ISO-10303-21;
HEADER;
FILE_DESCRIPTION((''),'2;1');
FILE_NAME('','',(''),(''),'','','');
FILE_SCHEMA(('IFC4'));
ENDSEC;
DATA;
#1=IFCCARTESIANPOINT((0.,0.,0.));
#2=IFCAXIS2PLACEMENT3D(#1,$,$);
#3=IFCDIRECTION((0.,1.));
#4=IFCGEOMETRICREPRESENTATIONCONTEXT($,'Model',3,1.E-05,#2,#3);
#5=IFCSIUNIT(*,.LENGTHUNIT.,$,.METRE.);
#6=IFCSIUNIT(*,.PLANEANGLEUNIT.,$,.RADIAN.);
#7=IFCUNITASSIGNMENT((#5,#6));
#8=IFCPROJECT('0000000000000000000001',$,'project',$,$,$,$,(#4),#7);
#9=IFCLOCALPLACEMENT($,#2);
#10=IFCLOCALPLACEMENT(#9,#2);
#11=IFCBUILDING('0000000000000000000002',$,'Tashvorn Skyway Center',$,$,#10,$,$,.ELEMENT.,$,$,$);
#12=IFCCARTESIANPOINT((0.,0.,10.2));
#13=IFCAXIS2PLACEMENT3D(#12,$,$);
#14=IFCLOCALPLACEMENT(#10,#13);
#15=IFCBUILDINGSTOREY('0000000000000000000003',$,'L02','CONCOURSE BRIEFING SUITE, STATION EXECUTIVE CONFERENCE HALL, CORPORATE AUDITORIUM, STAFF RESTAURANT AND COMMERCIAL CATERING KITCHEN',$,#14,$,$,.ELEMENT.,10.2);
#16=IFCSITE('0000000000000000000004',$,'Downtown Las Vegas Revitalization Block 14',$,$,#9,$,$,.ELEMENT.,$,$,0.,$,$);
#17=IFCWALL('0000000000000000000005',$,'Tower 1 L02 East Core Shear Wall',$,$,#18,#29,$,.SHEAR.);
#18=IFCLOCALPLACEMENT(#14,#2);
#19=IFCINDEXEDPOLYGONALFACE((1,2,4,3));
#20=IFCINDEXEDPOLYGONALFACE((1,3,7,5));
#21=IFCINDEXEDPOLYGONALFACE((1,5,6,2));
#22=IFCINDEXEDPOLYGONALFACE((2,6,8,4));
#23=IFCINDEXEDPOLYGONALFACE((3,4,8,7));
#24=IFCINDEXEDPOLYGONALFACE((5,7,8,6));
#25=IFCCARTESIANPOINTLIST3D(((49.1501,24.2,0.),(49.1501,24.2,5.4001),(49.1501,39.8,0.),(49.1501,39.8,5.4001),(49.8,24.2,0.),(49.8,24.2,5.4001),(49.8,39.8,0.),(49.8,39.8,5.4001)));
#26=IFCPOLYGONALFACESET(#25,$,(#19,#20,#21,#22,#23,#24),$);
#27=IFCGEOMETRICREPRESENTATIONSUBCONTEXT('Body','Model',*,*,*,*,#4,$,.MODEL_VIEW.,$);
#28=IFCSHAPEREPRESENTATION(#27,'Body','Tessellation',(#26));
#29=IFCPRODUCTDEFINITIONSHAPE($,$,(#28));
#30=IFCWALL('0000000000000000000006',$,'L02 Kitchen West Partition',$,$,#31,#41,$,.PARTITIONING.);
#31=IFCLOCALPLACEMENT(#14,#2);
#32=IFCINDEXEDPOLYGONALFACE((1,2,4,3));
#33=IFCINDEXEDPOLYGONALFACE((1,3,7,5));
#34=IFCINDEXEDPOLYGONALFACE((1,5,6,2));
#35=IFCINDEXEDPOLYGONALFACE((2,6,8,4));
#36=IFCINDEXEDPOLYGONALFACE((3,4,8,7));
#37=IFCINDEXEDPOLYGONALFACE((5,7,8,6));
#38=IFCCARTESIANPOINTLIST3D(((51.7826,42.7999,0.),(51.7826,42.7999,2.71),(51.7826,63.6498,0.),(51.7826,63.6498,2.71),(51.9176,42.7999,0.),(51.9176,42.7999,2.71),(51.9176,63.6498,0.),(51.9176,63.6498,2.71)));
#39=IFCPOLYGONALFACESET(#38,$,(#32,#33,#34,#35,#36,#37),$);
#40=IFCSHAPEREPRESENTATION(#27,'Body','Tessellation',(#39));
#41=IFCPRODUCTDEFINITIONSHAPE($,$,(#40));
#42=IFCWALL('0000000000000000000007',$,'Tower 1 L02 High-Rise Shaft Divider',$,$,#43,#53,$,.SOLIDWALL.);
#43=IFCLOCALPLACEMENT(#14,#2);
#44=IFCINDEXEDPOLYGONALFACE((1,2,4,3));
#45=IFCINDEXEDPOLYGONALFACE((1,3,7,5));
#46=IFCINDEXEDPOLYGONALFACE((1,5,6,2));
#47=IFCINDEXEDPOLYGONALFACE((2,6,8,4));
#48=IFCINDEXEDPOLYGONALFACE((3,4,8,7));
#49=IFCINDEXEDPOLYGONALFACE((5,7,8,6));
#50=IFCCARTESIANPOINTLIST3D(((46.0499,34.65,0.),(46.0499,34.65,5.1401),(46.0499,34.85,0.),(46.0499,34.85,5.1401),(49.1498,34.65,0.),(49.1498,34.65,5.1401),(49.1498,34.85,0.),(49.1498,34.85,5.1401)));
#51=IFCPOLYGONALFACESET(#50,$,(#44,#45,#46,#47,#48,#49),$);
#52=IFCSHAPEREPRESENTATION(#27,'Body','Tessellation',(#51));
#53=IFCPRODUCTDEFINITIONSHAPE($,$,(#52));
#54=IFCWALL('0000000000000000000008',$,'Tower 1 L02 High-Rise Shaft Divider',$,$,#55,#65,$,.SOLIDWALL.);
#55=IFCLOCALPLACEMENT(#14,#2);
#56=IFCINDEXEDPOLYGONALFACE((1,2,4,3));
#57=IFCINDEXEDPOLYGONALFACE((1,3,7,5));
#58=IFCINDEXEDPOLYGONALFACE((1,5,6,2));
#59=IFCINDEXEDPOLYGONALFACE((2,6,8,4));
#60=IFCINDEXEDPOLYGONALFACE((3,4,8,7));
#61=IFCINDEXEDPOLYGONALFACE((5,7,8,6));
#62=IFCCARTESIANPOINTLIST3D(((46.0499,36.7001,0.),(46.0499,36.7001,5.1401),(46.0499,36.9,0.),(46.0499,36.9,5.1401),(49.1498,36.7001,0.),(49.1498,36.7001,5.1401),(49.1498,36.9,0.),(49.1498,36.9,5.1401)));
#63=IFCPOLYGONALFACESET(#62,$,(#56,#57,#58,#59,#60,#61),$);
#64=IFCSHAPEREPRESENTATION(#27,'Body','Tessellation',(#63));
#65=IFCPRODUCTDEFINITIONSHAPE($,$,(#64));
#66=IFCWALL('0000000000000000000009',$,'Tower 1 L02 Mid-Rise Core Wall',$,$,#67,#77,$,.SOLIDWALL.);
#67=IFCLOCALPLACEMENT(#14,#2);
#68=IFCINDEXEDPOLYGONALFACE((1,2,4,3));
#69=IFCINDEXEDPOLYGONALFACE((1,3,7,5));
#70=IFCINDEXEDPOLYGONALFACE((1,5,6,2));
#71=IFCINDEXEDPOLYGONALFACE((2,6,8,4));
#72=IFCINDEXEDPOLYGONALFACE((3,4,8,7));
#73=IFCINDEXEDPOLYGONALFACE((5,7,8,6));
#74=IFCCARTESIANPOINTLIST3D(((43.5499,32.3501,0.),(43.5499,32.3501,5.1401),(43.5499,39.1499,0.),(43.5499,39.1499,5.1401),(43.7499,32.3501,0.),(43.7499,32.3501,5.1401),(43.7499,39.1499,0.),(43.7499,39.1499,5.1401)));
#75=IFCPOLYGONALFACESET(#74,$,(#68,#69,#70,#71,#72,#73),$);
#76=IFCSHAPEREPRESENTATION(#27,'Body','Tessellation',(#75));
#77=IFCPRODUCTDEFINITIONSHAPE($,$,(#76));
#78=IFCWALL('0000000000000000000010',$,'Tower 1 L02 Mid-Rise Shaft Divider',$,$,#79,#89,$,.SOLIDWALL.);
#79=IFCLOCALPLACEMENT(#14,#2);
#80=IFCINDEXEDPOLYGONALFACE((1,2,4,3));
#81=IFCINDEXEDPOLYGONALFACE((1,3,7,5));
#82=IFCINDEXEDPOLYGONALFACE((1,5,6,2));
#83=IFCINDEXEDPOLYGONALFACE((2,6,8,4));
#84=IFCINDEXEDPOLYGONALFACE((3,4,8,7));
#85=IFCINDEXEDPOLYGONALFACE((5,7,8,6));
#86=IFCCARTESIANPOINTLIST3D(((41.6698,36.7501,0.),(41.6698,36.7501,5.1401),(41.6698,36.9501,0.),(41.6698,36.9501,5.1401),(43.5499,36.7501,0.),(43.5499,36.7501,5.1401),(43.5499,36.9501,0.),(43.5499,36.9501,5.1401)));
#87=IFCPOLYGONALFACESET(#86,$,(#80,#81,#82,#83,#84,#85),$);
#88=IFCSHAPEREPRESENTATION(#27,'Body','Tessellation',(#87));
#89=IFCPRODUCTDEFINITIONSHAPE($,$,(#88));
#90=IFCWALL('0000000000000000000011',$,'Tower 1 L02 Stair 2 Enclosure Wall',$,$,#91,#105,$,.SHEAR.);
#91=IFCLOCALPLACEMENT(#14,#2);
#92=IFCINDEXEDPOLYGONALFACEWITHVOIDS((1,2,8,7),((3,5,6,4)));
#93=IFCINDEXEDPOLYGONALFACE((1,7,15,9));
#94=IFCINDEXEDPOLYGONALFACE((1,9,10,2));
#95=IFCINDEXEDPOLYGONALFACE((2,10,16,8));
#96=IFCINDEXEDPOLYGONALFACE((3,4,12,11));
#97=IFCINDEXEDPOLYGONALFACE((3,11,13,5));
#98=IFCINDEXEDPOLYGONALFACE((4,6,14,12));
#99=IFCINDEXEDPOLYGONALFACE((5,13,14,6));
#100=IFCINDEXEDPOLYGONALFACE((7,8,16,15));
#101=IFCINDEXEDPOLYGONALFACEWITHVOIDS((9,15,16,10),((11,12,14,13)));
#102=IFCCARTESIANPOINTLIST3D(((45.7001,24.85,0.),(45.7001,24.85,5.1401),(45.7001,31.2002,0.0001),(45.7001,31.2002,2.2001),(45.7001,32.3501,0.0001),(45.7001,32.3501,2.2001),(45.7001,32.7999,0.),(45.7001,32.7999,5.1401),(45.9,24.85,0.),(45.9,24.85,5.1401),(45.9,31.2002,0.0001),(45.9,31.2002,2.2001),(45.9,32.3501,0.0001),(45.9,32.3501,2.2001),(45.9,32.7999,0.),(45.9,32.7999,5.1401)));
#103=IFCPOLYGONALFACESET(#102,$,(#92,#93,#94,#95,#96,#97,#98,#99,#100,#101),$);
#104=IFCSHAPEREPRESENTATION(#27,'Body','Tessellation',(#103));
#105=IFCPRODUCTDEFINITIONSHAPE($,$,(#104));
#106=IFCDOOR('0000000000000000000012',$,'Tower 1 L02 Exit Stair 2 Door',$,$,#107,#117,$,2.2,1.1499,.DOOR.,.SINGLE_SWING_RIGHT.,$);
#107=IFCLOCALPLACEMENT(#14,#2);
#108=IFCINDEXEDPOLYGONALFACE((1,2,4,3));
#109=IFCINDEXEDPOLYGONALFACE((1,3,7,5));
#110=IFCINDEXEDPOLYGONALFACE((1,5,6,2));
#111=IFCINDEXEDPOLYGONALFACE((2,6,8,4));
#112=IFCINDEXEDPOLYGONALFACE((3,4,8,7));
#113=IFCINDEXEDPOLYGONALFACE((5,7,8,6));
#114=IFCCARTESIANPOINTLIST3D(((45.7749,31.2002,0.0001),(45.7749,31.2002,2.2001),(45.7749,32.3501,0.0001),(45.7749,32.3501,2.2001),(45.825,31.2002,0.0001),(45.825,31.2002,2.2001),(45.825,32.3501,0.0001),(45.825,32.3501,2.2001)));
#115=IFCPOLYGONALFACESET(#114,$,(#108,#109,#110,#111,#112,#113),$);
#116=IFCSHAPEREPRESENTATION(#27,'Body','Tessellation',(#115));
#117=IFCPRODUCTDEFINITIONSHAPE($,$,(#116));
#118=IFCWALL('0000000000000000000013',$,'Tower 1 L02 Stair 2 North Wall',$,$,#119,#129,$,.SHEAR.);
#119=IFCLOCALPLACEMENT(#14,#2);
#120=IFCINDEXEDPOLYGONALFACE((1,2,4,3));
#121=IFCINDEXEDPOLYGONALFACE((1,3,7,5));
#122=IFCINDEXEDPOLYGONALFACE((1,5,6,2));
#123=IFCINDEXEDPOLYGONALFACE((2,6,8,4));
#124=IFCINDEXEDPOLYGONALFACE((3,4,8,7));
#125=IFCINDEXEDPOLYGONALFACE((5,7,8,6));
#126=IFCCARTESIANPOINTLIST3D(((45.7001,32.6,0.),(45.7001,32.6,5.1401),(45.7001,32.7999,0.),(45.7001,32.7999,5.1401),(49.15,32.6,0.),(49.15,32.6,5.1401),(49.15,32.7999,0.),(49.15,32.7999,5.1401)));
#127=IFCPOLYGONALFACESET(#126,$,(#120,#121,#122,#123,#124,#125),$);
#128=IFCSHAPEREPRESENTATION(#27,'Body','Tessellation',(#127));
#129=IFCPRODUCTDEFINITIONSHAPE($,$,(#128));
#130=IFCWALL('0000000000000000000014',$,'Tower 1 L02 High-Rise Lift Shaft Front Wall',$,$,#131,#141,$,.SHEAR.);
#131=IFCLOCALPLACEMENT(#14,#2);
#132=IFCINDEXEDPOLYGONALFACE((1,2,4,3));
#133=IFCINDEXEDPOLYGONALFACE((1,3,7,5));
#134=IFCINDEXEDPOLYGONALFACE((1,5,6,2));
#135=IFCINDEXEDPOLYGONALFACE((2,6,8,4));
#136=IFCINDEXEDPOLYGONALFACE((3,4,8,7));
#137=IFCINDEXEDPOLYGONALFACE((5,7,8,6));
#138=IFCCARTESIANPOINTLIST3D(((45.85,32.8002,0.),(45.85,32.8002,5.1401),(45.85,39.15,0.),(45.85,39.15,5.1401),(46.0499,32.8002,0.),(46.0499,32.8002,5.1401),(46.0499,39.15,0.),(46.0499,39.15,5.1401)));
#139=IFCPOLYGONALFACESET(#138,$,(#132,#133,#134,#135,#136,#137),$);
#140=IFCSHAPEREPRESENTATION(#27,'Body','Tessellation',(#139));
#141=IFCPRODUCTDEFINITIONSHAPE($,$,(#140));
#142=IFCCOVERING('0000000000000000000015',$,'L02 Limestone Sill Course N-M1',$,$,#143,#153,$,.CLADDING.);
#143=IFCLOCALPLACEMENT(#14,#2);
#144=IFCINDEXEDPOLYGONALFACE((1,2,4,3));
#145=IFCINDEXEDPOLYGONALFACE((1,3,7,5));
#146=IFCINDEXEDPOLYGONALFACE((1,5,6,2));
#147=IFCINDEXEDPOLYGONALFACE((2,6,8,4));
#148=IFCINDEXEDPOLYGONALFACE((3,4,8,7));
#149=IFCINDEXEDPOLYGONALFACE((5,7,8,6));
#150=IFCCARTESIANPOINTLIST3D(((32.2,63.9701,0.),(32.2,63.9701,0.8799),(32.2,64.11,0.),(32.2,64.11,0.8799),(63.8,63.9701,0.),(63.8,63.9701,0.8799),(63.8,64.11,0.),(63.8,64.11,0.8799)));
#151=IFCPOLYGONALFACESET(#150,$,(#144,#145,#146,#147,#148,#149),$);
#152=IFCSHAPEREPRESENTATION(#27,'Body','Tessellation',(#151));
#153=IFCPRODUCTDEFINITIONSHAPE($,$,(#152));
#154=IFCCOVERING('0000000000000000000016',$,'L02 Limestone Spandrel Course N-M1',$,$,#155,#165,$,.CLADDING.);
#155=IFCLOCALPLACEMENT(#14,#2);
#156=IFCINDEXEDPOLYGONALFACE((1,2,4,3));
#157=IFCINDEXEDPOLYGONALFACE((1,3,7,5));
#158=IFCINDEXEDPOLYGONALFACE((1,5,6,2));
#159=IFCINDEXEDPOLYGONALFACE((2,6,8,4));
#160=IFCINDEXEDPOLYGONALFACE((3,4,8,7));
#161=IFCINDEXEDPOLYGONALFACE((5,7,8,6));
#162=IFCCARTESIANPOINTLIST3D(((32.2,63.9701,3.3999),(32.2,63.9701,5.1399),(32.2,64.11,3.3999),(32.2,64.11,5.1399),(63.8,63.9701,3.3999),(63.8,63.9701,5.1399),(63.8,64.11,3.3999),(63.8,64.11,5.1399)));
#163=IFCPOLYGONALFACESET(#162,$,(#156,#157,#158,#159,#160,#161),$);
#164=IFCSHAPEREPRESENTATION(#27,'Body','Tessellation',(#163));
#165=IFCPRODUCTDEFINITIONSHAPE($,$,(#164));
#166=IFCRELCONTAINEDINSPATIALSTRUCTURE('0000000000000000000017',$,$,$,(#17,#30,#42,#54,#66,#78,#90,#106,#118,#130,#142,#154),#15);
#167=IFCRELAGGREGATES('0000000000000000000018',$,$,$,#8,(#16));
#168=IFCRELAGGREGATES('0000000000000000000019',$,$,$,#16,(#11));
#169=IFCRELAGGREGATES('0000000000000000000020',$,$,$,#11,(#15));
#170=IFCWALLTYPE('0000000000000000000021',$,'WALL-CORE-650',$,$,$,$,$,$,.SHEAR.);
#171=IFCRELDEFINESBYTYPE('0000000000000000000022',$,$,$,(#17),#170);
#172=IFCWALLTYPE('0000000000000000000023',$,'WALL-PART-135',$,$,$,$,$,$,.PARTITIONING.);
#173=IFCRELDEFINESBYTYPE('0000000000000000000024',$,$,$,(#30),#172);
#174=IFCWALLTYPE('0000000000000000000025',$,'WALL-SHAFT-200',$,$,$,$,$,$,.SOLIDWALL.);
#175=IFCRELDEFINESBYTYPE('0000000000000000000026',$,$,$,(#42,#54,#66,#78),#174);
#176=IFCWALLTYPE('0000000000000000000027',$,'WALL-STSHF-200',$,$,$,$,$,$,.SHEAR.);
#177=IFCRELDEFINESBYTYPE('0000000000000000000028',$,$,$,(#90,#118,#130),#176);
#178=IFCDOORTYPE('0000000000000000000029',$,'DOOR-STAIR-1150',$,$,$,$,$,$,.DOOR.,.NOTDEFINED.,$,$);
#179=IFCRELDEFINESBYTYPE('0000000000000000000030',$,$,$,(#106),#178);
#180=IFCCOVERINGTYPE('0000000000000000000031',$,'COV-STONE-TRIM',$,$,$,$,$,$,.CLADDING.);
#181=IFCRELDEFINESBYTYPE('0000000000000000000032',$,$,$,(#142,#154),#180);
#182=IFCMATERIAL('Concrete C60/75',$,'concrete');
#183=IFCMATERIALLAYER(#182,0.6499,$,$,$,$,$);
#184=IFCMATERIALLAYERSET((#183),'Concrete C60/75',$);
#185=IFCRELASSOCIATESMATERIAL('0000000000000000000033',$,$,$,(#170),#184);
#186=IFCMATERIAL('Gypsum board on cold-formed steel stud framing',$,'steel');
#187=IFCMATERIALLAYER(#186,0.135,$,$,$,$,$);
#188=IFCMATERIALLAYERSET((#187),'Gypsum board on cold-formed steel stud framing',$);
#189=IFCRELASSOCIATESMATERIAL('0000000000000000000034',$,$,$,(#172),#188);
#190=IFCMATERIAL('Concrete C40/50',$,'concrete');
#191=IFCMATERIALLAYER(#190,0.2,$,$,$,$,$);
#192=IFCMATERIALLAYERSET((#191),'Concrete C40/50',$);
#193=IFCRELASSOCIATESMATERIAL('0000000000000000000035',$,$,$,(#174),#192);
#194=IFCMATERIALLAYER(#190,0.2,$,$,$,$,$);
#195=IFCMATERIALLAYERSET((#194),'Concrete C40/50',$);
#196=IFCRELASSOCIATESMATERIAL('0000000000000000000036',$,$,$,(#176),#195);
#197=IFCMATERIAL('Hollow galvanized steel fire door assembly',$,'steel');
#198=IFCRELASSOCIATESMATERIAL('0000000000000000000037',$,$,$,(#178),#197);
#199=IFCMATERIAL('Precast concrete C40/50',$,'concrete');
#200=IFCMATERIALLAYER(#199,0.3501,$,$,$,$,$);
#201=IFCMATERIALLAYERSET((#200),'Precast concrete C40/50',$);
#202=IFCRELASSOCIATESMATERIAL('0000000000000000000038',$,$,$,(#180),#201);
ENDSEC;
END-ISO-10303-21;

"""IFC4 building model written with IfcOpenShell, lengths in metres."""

from ifc_helpers import new_model, si_unit, direction, frame, frame_2d, origin, origin_2d, place, context, subcontext, project, spatial, rectangle, extrude, material, layer, layer_set, type_object, element, fill, save


model = new_model("IFC4")

# Units and contexts
model_context = context("Model", 3, precision=1e-05, world=origin(), true_north=direction((0.0, 1.0)))
body_context = subcontext(model_context, "Body", "Model", "MODEL_VIEW")
ifc_project = project(units=[si_unit("LENGTHUNIT", "METRE"), si_unit("PLANEANGLEUNIT", "RADIAN")], contexts=[model_context])

# Site, building, storey
site_placement = place(None, origin())
site = spatial("IfcSite", under=ifc_project, at=site_placement, Name="Downtown Las Vegas Revitalization Block 14", CompositionType="ELEMENT", RefElevation=0.0)
building_placement = place(site_placement, origin())
building = spatial("IfcBuilding", under=site, at=building_placement, Name="Tashvorn Skyway Center", CompositionType="ELEMENT")
storey_placement = place(building_placement, frame((0.0, 0.0, 10.2)))
storey = spatial("IfcBuildingStorey", under=building, at=storey_placement, Name="L02", Description="CONCOURSE BRIEFING SUITE, STATION EXECUTIVE CONFERENCE HALL, CORPORATE AUDITORIUM, STAFF RESTAURANT AND COMMERCIAL CATERING KITCHEN", CompositionType="ELEMENT", Elevation=10.2)

# Shared definitions
ifc_material_1 = material(Name="Precast concrete C40/50", Category="concrete")

# Walls
ifc_material_2 = material(Name="Concrete C60/75", Category="concrete")
ifc_layer_1 = layer(ifc_material_2, 0.6499)
ifc_layer_set_1 = layer_set([ifc_layer_1], Name="Concrete C60/75")
wall_type_1 = type_object("IfcWallType", Name="WALL-CORE-650", PredefinedType="SHEAR", material=ifc_layer_set_1)
wall_1_placement = place(storey_placement, frame((49.4751, 39.8, 0.0), z_axis=(0.0, 0.0, 1.0), x_axis=(0.0, -1.0, 0.0)))
element("IfcWall", 1, at=wall_1_placement, inside=storey, type_object=wall_type_1, Name="Tower 1 L02 East Core Shear Wall", PredefinedType="SHEAR", context=body_context, shape_type="SweptSolid", body=[
    extrude(rectangle(XDim=15.6001, YDim=0.6499, at=frame_2d((7.8, 0.0))), origin(), (0.0, 0.0, 1.0), 5.4001),
])
ifc_material_3 = material(Name="Gypsum board on cold-formed steel stud framing", Category="steel")
ifc_layer_2 = layer(ifc_material_3, 0.135)
ifc_layer_set_2 = layer_set([ifc_layer_2], Name="Gypsum board on cold-formed steel stud framing")
wall_type_2 = type_object("IfcWallType", Name="WALL-PART-135", PredefinedType="PARTITIONING", material=ifc_layer_set_2)
wall_2_placement = place(storey_placement, frame((51.8501, 42.8, 0.0), z_axis=(0.0, 0.0, 1.0), x_axis=(0.0, 1.0, 0.0)))
element("IfcWall", 2, at=wall_2_placement, inside=storey, type_object=wall_type_2, Name="L02 Kitchen West Partition", PredefinedType="PARTITIONING", context=body_context, shape_type="SweptSolid", body=[
    extrude(rectangle(XDim=20.8499, YDim=0.135, at=frame_2d((10.4248, 0.0))), origin(), (0.0, 0.0, 1.0), 2.71),
])
ifc_material_4 = material(Name="Concrete C40/50", Category="concrete")
ifc_layer_3 = layer(ifc_material_4, 0.2)
ifc_layer_set_3 = layer_set([ifc_layer_3], Name="Concrete C40/50")
wall_type_3 = type_object("IfcWallType", Name="WALL-SHAFT-200", PredefinedType="SOLIDWALL", material=ifc_layer_set_3)
for number, where, z_axis, x_axis, name in (
    (3, (46.05, 34.75, 0.0), (0.0, 0.0, 1.0), (1.0, 0.0, 0.0), "Tower 1 L02 High-Rise Shaft Divider"),
    (4, (46.05, 36.8, 0.0), (0.0, 0.0, 1.0), (1.0, 0.0, 0.0), "Tower 1 L02 High-Rise Shaft Divider"),
):
    element("IfcWall", number, at=place(storey_placement, frame(where, z_axis=z_axis, x_axis=x_axis)), inside=storey, type_object=wall_type_3, Name=name, PredefinedType="SOLIDWALL", context=body_context, shape_type="SweptSolid", body=[
        extrude(rectangle(XDim=3.0999, YDim=0.2, at=frame_2d((1.5498, 0.0))), origin(), (0.0, 0.0, 1.0), 5.1401),
    ])
wall_3_placement = place(storey_placement, frame((43.6499, 32.3501, 0.0), z_axis=(0.0, 0.0, 1.0), x_axis=(0.0, 1.0, 0.0)))
element("IfcWall", 5, at=wall_3_placement, inside=storey, type_object=wall_type_3, Name="Tower 1 L02 Mid-Rise Core Wall", PredefinedType="SOLIDWALL", context=body_context, shape_type="SweptSolid", body=[
    extrude(rectangle(XDim=6.7998, YDim=0.2, at=frame_2d((3.3999, 0.0))), origin(), (0.0, 0.0, 1.0), 5.1401),
])
wall_4_placement = place(storey_placement, frame((41.6699, 36.8501, 0.0), z_axis=(0.0, 0.0, 1.0), x_axis=(1.0, 0.0, 0.0)))
element("IfcWall", 6, at=wall_4_placement, inside=storey, type_object=wall_type_3, Name="Tower 1 L02 Mid-Rise Shaft Divider", PredefinedType="SOLIDWALL", context=body_context, shape_type="SweptSolid", body=[
    extrude(rectangle(XDim=1.8801, YDim=0.2, at=frame_2d((0.9399, 0.0))), origin(), (0.0, 0.0, 1.0), 5.1401),
])

# Wall, opening, door
ifc_layer_4 = layer(ifc_material_4, 0.2)
ifc_layer_set_4 = layer_set([ifc_layer_4], Name="Concrete C40/50")
wall_type_4 = type_object("IfcWallType", Name="WALL-STSHF-200", PredefinedType="SHEAR", material=ifc_layer_set_4)
wall_5_placement = place(storey_placement, frame((45.8, 32.8, 0.0), z_axis=(0.0, 0.0, 1.0), x_axis=(0.0, -1.0, 0.0)))
wall_5 = element("IfcWall", 7, at=wall_5_placement, inside=storey, type_object=wall_type_4, Name="Tower 1 L02 Stair 2 Enclosure Wall", PredefinedType="SHEAR", context=body_context, shape_type="SweptSolid", body=[
    extrude(rectangle(XDim=7.95, YDim=0.2, at=frame_2d((3.9751, 0.0))), origin(), (0.0, 0.0, 1.0), 5.1401),
])
opening_placement = place(wall_5_placement, frame((0.45, 0.0, 0.0)))
opening = element("IfcOpeningElement", 8, at=opening_placement, cuts=wall_5, PredefinedType="OPENING", context=body_context, shape_type="SweptSolid", body=[
    extrude(rectangle(XDim=1.1499, YDim=2.2, at=frame_2d((0.575, 1.1001))), frame((0.0, 0.1099, 0.0), z_axis=(0.0, -1.0, 0.0), x_axis=(1.0, 0.0, 0.0)), (0.0, 0.0, 1.0), 0.22),
])
ifc_material_5 = material(Name="Hollow galvanized steel fire door assembly", Category="steel")
door_type = type_object("IfcDoorType", Name="DOOR-STAIR-1150", OperationType="NOTDEFINED", PredefinedType="DOOR", material=ifc_material_5)
door_placement = place(opening_placement, origin())
door = element("IfcDoor", 9, at=door_placement, inside=storey, type_object=door_type, Name="Tower 1 L02 Exit Stair 2 Door", OperationType="SINGLE_SWING_RIGHT", OverallHeight=2.2, OverallWidth=1.1499, PredefinedType="DOOR", context=body_context, shape_type="SweptSolid", body=[
    extrude(rectangle(XDim=1.1499, YDim=2.2, at=frame_2d((0.575, 1.1001))), frame((0.0, 0.0249, 0.0), z_axis=(0.0, -1.0, 0.0), x_axis=(1.0, 0.0, 0.0)), (0.0, 0.0, 1.0), 0.05),
])
fill(opening, door)

# Walls
wall_6_placement = place(storey_placement, frame((45.7, 32.7, 0.0), z_axis=(0.0, 0.0, 1.0), x_axis=(1.0, 0.0, 0.0)))
element("IfcWall", 10, at=wall_6_placement, inside=storey, type_object=wall_type_4, Name="Tower 1 L02 Stair 2 North Wall", PredefinedType="SHEAR", context=body_context, shape_type="SweptSolid", body=[
    extrude(rectangle(XDim=3.45, YDim=0.2, at=frame_2d((1.7251, 0.0))), origin(), (0.0, 0.0, 1.0), 5.1401),
])
wall_7_placement = place(storey_placement, frame((45.95, 39.1499, 0.0), z_axis=(0.0, 0.0, 1.0), x_axis=(0.0, -1.0, 0.0)))
element("IfcWall", 11, at=wall_7_placement, inside=storey, type_object=wall_type_4, Name="Tower 1 L02 High-Rise Lift Shaft Front Wall", PredefinedType="SHEAR", context=body_context, shape_type="SweptSolid", body=[
    extrude(rectangle(XDim=6.3499, YDim=0.2, at=frame_2d((3.1748, 0.0))), origin(), (0.0, 0.0, 1.0), 5.1401),
])

# Coverings
ifc_layer_5 = layer(ifc_material_1, 0.3501)
ifc_layer_set_5 = layer_set([ifc_layer_5], Name="Precast concrete C40/50")
covering_type = type_object("IfcCoveringType", Name="COV-STONE-TRIM", PredefinedType="CLADDING", material=ifc_layer_set_5)
covering_1_placement = place(storey_placement, frame((48.0, 64.04, 0.0), z_axis=(0.0, 0.0, 1.0), x_axis=(1.0, 0.0, 0.0)))
element("IfcCovering", 12, at=covering_1_placement, inside=storey, type_object=covering_type, Name="L02 Limestone Sill Course N-M1", PredefinedType="CLADDING", context=body_context, shape_type="SweptSolid", body=[
    extrude(rectangle(XDim=31.6001, YDim=0.1399, at=origin_2d()), origin(), (0.0, 0.0, 1.0), 0.8799),
])
covering_2_placement = place(storey_placement, frame((48.0, 64.04, 3.3999), z_axis=(0.0, 0.0, 1.0), x_axis=(1.0, 0.0, 0.0)))
element("IfcCovering", 13, at=covering_2_placement, inside=storey, type_object=covering_type, Name="L02 Limestone Spandrel Course N-M1", PredefinedType="CLADDING", context=body_context, shape_type="SweptSolid", body=[
    extrude(rectangle(XDim=31.6001, YDim=0.1399, at=origin_2d()), origin(), (0.0, 0.0, 1.0), 1.74),
])

save(model, "model.ifc")
